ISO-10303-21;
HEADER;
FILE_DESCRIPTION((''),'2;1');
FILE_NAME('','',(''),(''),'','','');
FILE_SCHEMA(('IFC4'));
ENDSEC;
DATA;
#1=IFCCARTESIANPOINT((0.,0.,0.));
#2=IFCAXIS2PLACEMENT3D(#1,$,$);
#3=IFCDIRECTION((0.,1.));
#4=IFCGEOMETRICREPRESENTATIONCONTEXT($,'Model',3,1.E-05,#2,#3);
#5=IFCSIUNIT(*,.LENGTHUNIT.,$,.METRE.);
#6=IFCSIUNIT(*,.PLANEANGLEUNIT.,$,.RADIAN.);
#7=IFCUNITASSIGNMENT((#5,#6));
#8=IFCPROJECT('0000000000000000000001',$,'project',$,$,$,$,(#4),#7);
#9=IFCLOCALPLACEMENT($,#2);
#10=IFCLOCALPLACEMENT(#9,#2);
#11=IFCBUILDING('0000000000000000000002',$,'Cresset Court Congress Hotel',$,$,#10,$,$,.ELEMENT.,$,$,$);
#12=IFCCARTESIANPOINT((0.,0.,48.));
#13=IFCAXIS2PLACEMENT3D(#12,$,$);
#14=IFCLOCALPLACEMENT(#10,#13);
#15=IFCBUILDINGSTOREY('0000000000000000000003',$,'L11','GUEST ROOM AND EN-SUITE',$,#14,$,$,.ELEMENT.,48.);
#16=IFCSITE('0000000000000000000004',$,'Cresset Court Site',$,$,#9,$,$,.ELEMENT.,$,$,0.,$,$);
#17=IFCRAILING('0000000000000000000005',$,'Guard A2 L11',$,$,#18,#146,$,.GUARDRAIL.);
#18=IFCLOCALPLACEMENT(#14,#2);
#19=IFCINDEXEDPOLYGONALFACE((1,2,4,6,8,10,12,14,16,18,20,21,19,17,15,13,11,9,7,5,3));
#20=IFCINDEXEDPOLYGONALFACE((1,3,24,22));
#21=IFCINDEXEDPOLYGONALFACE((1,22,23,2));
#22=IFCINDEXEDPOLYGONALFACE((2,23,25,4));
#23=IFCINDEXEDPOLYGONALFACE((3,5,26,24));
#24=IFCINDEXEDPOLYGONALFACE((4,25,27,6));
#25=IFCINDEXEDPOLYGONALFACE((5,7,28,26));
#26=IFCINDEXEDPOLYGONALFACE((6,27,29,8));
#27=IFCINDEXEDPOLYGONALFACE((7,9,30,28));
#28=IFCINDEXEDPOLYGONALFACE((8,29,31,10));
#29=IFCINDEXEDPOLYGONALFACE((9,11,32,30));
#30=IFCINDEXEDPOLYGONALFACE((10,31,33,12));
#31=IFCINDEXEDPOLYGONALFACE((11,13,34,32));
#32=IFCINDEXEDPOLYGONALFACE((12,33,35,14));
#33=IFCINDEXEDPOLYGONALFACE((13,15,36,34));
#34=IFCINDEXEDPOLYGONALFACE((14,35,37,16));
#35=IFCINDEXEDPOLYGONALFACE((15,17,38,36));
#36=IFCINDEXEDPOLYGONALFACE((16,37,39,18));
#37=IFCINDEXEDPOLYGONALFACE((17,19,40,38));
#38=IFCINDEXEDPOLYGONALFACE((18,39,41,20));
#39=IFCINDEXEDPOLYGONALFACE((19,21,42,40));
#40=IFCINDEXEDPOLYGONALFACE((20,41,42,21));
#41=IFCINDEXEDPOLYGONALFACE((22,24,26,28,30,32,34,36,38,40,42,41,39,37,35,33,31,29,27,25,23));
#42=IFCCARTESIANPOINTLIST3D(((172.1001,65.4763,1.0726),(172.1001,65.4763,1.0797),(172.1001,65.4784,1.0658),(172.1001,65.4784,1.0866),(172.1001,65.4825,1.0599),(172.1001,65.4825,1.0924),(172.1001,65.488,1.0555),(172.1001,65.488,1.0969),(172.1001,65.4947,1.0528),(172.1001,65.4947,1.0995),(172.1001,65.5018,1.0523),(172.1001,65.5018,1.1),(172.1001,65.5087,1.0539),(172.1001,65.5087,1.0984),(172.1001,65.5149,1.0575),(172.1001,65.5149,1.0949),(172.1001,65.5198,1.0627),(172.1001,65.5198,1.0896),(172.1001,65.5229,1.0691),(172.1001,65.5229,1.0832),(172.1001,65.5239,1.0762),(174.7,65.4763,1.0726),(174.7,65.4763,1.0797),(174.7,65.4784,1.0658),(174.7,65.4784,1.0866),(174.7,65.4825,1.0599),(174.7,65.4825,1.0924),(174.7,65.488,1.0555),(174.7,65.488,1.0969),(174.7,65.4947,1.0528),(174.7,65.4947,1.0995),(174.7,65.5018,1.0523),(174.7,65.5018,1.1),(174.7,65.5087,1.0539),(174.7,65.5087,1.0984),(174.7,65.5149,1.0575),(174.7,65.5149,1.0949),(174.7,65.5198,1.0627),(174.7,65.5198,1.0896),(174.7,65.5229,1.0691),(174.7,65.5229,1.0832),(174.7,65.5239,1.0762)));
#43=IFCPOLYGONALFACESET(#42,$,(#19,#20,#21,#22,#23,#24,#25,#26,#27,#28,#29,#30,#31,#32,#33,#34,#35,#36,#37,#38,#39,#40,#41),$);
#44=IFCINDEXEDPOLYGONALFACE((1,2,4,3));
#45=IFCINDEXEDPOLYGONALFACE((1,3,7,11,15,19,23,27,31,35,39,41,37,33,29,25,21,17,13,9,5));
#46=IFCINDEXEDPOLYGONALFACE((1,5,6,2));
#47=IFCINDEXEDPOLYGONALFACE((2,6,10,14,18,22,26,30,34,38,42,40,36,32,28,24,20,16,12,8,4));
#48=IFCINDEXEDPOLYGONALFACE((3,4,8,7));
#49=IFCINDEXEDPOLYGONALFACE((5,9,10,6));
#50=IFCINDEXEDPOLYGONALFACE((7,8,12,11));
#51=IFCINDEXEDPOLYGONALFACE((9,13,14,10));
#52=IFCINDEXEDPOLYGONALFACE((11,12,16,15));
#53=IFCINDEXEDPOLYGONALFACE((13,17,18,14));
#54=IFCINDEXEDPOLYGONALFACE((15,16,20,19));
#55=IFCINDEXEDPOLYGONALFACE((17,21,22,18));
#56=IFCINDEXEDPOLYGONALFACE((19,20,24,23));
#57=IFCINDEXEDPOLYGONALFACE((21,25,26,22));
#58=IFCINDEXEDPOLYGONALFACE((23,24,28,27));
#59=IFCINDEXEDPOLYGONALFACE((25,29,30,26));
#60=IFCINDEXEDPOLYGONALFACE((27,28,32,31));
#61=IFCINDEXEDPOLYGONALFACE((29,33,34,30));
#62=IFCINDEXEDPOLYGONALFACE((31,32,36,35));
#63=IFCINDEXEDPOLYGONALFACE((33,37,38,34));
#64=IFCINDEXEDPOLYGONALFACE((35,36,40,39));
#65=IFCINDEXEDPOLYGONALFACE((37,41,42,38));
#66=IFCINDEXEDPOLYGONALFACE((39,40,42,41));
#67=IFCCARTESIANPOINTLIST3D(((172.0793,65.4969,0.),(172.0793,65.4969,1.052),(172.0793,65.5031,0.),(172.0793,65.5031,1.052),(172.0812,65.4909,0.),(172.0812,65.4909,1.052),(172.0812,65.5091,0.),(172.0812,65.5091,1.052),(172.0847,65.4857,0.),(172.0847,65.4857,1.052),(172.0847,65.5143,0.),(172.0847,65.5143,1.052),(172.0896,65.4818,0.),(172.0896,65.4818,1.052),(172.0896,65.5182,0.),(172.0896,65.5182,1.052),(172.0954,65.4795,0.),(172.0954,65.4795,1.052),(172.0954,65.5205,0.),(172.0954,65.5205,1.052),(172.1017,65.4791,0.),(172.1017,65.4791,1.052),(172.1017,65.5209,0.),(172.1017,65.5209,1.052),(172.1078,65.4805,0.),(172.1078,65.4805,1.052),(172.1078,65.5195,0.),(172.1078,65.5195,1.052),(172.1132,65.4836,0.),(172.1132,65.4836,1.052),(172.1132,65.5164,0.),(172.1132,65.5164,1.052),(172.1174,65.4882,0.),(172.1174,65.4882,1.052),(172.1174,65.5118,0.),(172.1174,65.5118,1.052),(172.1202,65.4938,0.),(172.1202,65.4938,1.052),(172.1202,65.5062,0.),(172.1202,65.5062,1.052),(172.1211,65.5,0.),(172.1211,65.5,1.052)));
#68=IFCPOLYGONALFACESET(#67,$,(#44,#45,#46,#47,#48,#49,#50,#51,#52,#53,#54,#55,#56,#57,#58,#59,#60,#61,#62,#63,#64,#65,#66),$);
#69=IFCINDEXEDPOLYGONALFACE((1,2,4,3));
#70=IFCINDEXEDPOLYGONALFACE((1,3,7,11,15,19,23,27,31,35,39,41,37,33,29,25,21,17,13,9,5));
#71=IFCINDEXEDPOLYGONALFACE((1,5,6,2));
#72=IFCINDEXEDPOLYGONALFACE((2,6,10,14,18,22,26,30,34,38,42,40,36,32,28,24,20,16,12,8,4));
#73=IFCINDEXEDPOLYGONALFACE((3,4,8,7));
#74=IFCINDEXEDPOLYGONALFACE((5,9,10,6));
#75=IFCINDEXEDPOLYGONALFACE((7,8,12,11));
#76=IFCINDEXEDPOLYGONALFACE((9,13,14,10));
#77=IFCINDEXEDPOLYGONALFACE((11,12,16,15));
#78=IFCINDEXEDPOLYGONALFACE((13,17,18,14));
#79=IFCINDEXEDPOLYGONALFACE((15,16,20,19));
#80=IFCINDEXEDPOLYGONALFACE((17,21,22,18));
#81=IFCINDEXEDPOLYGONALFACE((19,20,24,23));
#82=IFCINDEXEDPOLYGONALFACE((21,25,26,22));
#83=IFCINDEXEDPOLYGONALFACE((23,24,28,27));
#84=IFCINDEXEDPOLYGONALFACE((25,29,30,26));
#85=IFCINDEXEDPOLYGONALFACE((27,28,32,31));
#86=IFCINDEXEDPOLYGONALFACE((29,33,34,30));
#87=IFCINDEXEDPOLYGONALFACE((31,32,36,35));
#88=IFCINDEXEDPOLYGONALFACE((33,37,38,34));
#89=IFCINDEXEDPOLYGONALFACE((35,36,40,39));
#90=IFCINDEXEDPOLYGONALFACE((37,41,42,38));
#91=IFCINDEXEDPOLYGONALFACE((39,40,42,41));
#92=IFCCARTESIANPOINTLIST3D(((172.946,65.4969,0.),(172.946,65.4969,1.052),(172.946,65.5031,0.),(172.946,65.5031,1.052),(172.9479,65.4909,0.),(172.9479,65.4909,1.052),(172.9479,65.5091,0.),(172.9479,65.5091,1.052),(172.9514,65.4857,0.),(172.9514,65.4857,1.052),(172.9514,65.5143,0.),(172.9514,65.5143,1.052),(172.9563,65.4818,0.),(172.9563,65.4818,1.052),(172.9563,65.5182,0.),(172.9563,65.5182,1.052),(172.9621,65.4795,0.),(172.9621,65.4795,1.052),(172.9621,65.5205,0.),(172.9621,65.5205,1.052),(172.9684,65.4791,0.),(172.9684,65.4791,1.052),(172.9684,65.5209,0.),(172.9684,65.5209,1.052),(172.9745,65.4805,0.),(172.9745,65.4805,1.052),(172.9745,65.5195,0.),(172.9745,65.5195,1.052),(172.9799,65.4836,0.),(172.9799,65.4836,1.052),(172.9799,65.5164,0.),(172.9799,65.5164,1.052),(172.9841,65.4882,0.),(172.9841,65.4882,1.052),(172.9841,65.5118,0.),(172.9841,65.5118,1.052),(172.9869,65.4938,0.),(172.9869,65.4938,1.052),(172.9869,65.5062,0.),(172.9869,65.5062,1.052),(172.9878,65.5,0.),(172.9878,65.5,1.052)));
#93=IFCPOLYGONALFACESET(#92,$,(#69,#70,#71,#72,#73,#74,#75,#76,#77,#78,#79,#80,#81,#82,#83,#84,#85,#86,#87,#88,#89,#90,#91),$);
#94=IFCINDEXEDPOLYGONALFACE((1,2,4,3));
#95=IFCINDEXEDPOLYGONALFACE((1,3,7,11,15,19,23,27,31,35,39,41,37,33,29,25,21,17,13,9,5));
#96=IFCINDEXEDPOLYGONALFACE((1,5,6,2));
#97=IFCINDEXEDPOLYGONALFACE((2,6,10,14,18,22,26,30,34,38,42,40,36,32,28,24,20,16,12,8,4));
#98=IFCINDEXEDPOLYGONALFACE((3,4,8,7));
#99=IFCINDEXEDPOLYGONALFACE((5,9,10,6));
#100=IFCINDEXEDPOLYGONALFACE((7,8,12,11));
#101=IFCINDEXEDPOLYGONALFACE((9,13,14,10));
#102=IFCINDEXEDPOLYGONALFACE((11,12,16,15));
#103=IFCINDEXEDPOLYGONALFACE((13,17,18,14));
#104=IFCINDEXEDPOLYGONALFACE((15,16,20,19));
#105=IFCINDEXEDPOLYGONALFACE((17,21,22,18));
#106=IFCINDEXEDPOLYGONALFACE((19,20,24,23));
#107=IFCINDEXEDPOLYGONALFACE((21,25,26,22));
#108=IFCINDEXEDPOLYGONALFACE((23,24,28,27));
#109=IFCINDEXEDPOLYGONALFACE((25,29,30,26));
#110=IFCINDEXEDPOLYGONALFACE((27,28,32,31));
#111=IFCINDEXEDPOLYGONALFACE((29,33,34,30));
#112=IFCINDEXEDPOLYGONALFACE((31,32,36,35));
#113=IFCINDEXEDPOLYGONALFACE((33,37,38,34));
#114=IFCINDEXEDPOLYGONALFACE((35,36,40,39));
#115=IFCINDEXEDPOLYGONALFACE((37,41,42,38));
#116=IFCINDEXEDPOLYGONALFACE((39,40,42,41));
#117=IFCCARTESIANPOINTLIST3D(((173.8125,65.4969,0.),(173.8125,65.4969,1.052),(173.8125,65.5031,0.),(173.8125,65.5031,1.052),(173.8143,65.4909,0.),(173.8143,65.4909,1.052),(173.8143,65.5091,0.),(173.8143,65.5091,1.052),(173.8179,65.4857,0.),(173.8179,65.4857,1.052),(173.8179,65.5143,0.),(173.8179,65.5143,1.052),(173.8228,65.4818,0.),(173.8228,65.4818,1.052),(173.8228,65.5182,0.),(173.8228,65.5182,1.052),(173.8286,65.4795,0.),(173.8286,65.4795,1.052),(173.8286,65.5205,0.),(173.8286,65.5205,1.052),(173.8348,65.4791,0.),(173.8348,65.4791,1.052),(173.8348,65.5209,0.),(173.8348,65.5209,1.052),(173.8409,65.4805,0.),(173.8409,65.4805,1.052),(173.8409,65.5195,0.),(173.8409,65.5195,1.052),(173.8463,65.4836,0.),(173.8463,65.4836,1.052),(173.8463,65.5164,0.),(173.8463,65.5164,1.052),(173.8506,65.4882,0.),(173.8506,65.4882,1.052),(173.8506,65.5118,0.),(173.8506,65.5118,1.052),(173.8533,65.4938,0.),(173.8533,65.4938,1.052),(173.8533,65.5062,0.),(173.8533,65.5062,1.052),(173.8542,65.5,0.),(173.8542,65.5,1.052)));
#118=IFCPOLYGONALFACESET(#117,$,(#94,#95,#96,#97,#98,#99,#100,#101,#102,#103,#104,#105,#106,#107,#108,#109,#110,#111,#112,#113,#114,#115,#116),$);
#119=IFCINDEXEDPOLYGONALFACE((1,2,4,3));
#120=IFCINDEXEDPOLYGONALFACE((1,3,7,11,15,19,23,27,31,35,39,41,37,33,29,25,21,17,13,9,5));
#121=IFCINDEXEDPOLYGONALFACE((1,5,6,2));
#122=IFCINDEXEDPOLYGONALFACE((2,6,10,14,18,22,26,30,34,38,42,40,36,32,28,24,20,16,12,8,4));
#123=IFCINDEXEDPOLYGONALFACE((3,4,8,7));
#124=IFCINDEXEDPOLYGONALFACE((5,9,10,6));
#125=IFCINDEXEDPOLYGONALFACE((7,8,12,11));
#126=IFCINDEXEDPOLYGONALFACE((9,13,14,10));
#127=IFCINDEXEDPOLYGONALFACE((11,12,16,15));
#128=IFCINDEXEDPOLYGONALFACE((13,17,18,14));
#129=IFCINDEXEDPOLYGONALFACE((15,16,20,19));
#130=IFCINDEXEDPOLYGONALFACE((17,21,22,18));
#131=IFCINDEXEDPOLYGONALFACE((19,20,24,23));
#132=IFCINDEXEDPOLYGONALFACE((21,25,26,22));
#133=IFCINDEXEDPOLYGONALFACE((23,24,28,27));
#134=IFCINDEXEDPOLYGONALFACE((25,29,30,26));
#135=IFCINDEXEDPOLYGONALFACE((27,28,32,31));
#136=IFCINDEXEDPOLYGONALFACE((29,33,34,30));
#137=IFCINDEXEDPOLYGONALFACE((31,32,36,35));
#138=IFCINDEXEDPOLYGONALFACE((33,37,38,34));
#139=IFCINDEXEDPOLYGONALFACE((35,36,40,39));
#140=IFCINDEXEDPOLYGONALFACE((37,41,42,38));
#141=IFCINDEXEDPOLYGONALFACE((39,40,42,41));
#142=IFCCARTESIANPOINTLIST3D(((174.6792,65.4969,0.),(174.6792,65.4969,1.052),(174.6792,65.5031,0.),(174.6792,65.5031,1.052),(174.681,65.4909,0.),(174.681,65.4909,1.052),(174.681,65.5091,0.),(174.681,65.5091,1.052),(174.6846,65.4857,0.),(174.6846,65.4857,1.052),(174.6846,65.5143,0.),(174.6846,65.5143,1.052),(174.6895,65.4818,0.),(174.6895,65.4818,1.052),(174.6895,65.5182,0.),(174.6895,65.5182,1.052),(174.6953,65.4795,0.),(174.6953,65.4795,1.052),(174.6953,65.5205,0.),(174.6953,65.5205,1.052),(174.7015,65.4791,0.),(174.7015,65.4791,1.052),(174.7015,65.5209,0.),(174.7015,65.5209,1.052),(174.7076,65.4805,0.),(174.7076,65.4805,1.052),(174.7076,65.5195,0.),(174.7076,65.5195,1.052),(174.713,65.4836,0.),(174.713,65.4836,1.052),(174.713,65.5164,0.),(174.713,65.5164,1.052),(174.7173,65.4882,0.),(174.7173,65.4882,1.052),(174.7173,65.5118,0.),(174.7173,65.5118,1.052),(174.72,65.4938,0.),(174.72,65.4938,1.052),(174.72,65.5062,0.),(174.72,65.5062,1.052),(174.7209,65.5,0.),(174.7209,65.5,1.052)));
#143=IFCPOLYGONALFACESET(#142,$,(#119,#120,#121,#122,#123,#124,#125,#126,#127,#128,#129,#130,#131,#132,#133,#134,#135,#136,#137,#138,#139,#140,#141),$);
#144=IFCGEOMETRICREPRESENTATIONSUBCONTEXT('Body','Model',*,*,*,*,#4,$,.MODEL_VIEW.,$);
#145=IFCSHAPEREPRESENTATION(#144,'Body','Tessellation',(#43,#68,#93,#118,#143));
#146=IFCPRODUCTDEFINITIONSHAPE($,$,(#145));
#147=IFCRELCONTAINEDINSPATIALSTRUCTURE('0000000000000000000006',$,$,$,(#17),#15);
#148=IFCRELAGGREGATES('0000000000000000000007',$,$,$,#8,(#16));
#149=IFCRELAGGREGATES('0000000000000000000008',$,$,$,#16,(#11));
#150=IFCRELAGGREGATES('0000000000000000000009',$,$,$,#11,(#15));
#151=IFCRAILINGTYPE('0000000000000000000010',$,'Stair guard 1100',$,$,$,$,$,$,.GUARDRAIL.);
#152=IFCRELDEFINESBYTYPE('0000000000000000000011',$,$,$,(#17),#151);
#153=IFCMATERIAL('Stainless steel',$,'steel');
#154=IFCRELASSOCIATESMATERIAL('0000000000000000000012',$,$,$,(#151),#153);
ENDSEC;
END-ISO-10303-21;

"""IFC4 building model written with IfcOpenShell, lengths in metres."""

from ifc_helpers import new_model, si_unit, direction, frame, origin, origin_2d, place, context, subcontext, project, spatial, circle, extrude, material, type_object, element, save


model = new_model("IFC4")

# Units and contexts
model_context = context("Model", 3, precision=1e-05, world=origin(), true_north=direction((0.0, 1.0)))
body_context = subcontext(model_context, "Body", "Model", "MODEL_VIEW")
ifc_project = project(units=[si_unit("LENGTHUNIT", "METRE"), si_unit("PLANEANGLEUNIT", "RADIAN")], contexts=[model_context])

# Site, building, storey
site_placement = place(None, origin())
site = spatial("IfcSite", under=ifc_project, at=site_placement, Name="Cresset Court Site", CompositionType="ELEMENT", RefElevation=0.0)
building_placement = place(site_placement, origin())
building = spatial("IfcBuilding", under=site, at=building_placement, Name="Cresset Court Congress Hotel", CompositionType="ELEMENT")
storey_placement = place(building_placement, frame((0.0, 0.0, 48.0)))
storey = spatial("IfcBuildingStorey", under=building, at=storey_placement, Name="L11", Description="GUEST ROOM AND EN-SUITE", CompositionType="ELEMENT", Elevation=48.0)

# Railing
ifc_material_1 = material(Name="Stainless steel", Category="steel")
railing_type_1 = type_object("IfcRailingType", Name="Stair guard 1100", PredefinedType="GUARDRAIL", material=ifc_material_1)
for number, where, name in (
    (1, (172.1001, 65.5, 0.0), "Guard A2 L11"),
):
    element("IfcRailing", number, at=place(storey_placement, frame(where)), inside=storey, type_object=railing_type_1, Name=name, PredefinedType="GUARDRAIL", context=body_context, shape_type="SweptSolid", body=[
        extrude(circle(Radius=0.0239, at=origin_2d()), frame((0.0, 0.0, 1.0762), z_axis=(1.0, 0.0, 0.0), x_axis=(0.0, 1.0, 0.0)), (0.0, 0.0, 1.0), 2.5999),
        extrude(circle(Radius=0.021, at=origin_2d()), origin(), (0.0, 0.0, 1.0), 1.052),
        extrude(circle(Radius=0.021, at=origin_2d()), frame((0.8667, 0.0, 0.0)), (0.0, 0.0, 1.0), 1.052),
        extrude(circle(Radius=0.021, at=origin_2d()), frame((1.7332, 0.0, 0.0)), (0.0, 0.0, 1.0), 1.052),
        extrude(circle(Radius=0.021, at=origin_2d()), frame((2.5999, 0.0, 0.0)), (0.0, 0.0, 1.0), 1.052),
    ])

save(model, "model.ifc")
